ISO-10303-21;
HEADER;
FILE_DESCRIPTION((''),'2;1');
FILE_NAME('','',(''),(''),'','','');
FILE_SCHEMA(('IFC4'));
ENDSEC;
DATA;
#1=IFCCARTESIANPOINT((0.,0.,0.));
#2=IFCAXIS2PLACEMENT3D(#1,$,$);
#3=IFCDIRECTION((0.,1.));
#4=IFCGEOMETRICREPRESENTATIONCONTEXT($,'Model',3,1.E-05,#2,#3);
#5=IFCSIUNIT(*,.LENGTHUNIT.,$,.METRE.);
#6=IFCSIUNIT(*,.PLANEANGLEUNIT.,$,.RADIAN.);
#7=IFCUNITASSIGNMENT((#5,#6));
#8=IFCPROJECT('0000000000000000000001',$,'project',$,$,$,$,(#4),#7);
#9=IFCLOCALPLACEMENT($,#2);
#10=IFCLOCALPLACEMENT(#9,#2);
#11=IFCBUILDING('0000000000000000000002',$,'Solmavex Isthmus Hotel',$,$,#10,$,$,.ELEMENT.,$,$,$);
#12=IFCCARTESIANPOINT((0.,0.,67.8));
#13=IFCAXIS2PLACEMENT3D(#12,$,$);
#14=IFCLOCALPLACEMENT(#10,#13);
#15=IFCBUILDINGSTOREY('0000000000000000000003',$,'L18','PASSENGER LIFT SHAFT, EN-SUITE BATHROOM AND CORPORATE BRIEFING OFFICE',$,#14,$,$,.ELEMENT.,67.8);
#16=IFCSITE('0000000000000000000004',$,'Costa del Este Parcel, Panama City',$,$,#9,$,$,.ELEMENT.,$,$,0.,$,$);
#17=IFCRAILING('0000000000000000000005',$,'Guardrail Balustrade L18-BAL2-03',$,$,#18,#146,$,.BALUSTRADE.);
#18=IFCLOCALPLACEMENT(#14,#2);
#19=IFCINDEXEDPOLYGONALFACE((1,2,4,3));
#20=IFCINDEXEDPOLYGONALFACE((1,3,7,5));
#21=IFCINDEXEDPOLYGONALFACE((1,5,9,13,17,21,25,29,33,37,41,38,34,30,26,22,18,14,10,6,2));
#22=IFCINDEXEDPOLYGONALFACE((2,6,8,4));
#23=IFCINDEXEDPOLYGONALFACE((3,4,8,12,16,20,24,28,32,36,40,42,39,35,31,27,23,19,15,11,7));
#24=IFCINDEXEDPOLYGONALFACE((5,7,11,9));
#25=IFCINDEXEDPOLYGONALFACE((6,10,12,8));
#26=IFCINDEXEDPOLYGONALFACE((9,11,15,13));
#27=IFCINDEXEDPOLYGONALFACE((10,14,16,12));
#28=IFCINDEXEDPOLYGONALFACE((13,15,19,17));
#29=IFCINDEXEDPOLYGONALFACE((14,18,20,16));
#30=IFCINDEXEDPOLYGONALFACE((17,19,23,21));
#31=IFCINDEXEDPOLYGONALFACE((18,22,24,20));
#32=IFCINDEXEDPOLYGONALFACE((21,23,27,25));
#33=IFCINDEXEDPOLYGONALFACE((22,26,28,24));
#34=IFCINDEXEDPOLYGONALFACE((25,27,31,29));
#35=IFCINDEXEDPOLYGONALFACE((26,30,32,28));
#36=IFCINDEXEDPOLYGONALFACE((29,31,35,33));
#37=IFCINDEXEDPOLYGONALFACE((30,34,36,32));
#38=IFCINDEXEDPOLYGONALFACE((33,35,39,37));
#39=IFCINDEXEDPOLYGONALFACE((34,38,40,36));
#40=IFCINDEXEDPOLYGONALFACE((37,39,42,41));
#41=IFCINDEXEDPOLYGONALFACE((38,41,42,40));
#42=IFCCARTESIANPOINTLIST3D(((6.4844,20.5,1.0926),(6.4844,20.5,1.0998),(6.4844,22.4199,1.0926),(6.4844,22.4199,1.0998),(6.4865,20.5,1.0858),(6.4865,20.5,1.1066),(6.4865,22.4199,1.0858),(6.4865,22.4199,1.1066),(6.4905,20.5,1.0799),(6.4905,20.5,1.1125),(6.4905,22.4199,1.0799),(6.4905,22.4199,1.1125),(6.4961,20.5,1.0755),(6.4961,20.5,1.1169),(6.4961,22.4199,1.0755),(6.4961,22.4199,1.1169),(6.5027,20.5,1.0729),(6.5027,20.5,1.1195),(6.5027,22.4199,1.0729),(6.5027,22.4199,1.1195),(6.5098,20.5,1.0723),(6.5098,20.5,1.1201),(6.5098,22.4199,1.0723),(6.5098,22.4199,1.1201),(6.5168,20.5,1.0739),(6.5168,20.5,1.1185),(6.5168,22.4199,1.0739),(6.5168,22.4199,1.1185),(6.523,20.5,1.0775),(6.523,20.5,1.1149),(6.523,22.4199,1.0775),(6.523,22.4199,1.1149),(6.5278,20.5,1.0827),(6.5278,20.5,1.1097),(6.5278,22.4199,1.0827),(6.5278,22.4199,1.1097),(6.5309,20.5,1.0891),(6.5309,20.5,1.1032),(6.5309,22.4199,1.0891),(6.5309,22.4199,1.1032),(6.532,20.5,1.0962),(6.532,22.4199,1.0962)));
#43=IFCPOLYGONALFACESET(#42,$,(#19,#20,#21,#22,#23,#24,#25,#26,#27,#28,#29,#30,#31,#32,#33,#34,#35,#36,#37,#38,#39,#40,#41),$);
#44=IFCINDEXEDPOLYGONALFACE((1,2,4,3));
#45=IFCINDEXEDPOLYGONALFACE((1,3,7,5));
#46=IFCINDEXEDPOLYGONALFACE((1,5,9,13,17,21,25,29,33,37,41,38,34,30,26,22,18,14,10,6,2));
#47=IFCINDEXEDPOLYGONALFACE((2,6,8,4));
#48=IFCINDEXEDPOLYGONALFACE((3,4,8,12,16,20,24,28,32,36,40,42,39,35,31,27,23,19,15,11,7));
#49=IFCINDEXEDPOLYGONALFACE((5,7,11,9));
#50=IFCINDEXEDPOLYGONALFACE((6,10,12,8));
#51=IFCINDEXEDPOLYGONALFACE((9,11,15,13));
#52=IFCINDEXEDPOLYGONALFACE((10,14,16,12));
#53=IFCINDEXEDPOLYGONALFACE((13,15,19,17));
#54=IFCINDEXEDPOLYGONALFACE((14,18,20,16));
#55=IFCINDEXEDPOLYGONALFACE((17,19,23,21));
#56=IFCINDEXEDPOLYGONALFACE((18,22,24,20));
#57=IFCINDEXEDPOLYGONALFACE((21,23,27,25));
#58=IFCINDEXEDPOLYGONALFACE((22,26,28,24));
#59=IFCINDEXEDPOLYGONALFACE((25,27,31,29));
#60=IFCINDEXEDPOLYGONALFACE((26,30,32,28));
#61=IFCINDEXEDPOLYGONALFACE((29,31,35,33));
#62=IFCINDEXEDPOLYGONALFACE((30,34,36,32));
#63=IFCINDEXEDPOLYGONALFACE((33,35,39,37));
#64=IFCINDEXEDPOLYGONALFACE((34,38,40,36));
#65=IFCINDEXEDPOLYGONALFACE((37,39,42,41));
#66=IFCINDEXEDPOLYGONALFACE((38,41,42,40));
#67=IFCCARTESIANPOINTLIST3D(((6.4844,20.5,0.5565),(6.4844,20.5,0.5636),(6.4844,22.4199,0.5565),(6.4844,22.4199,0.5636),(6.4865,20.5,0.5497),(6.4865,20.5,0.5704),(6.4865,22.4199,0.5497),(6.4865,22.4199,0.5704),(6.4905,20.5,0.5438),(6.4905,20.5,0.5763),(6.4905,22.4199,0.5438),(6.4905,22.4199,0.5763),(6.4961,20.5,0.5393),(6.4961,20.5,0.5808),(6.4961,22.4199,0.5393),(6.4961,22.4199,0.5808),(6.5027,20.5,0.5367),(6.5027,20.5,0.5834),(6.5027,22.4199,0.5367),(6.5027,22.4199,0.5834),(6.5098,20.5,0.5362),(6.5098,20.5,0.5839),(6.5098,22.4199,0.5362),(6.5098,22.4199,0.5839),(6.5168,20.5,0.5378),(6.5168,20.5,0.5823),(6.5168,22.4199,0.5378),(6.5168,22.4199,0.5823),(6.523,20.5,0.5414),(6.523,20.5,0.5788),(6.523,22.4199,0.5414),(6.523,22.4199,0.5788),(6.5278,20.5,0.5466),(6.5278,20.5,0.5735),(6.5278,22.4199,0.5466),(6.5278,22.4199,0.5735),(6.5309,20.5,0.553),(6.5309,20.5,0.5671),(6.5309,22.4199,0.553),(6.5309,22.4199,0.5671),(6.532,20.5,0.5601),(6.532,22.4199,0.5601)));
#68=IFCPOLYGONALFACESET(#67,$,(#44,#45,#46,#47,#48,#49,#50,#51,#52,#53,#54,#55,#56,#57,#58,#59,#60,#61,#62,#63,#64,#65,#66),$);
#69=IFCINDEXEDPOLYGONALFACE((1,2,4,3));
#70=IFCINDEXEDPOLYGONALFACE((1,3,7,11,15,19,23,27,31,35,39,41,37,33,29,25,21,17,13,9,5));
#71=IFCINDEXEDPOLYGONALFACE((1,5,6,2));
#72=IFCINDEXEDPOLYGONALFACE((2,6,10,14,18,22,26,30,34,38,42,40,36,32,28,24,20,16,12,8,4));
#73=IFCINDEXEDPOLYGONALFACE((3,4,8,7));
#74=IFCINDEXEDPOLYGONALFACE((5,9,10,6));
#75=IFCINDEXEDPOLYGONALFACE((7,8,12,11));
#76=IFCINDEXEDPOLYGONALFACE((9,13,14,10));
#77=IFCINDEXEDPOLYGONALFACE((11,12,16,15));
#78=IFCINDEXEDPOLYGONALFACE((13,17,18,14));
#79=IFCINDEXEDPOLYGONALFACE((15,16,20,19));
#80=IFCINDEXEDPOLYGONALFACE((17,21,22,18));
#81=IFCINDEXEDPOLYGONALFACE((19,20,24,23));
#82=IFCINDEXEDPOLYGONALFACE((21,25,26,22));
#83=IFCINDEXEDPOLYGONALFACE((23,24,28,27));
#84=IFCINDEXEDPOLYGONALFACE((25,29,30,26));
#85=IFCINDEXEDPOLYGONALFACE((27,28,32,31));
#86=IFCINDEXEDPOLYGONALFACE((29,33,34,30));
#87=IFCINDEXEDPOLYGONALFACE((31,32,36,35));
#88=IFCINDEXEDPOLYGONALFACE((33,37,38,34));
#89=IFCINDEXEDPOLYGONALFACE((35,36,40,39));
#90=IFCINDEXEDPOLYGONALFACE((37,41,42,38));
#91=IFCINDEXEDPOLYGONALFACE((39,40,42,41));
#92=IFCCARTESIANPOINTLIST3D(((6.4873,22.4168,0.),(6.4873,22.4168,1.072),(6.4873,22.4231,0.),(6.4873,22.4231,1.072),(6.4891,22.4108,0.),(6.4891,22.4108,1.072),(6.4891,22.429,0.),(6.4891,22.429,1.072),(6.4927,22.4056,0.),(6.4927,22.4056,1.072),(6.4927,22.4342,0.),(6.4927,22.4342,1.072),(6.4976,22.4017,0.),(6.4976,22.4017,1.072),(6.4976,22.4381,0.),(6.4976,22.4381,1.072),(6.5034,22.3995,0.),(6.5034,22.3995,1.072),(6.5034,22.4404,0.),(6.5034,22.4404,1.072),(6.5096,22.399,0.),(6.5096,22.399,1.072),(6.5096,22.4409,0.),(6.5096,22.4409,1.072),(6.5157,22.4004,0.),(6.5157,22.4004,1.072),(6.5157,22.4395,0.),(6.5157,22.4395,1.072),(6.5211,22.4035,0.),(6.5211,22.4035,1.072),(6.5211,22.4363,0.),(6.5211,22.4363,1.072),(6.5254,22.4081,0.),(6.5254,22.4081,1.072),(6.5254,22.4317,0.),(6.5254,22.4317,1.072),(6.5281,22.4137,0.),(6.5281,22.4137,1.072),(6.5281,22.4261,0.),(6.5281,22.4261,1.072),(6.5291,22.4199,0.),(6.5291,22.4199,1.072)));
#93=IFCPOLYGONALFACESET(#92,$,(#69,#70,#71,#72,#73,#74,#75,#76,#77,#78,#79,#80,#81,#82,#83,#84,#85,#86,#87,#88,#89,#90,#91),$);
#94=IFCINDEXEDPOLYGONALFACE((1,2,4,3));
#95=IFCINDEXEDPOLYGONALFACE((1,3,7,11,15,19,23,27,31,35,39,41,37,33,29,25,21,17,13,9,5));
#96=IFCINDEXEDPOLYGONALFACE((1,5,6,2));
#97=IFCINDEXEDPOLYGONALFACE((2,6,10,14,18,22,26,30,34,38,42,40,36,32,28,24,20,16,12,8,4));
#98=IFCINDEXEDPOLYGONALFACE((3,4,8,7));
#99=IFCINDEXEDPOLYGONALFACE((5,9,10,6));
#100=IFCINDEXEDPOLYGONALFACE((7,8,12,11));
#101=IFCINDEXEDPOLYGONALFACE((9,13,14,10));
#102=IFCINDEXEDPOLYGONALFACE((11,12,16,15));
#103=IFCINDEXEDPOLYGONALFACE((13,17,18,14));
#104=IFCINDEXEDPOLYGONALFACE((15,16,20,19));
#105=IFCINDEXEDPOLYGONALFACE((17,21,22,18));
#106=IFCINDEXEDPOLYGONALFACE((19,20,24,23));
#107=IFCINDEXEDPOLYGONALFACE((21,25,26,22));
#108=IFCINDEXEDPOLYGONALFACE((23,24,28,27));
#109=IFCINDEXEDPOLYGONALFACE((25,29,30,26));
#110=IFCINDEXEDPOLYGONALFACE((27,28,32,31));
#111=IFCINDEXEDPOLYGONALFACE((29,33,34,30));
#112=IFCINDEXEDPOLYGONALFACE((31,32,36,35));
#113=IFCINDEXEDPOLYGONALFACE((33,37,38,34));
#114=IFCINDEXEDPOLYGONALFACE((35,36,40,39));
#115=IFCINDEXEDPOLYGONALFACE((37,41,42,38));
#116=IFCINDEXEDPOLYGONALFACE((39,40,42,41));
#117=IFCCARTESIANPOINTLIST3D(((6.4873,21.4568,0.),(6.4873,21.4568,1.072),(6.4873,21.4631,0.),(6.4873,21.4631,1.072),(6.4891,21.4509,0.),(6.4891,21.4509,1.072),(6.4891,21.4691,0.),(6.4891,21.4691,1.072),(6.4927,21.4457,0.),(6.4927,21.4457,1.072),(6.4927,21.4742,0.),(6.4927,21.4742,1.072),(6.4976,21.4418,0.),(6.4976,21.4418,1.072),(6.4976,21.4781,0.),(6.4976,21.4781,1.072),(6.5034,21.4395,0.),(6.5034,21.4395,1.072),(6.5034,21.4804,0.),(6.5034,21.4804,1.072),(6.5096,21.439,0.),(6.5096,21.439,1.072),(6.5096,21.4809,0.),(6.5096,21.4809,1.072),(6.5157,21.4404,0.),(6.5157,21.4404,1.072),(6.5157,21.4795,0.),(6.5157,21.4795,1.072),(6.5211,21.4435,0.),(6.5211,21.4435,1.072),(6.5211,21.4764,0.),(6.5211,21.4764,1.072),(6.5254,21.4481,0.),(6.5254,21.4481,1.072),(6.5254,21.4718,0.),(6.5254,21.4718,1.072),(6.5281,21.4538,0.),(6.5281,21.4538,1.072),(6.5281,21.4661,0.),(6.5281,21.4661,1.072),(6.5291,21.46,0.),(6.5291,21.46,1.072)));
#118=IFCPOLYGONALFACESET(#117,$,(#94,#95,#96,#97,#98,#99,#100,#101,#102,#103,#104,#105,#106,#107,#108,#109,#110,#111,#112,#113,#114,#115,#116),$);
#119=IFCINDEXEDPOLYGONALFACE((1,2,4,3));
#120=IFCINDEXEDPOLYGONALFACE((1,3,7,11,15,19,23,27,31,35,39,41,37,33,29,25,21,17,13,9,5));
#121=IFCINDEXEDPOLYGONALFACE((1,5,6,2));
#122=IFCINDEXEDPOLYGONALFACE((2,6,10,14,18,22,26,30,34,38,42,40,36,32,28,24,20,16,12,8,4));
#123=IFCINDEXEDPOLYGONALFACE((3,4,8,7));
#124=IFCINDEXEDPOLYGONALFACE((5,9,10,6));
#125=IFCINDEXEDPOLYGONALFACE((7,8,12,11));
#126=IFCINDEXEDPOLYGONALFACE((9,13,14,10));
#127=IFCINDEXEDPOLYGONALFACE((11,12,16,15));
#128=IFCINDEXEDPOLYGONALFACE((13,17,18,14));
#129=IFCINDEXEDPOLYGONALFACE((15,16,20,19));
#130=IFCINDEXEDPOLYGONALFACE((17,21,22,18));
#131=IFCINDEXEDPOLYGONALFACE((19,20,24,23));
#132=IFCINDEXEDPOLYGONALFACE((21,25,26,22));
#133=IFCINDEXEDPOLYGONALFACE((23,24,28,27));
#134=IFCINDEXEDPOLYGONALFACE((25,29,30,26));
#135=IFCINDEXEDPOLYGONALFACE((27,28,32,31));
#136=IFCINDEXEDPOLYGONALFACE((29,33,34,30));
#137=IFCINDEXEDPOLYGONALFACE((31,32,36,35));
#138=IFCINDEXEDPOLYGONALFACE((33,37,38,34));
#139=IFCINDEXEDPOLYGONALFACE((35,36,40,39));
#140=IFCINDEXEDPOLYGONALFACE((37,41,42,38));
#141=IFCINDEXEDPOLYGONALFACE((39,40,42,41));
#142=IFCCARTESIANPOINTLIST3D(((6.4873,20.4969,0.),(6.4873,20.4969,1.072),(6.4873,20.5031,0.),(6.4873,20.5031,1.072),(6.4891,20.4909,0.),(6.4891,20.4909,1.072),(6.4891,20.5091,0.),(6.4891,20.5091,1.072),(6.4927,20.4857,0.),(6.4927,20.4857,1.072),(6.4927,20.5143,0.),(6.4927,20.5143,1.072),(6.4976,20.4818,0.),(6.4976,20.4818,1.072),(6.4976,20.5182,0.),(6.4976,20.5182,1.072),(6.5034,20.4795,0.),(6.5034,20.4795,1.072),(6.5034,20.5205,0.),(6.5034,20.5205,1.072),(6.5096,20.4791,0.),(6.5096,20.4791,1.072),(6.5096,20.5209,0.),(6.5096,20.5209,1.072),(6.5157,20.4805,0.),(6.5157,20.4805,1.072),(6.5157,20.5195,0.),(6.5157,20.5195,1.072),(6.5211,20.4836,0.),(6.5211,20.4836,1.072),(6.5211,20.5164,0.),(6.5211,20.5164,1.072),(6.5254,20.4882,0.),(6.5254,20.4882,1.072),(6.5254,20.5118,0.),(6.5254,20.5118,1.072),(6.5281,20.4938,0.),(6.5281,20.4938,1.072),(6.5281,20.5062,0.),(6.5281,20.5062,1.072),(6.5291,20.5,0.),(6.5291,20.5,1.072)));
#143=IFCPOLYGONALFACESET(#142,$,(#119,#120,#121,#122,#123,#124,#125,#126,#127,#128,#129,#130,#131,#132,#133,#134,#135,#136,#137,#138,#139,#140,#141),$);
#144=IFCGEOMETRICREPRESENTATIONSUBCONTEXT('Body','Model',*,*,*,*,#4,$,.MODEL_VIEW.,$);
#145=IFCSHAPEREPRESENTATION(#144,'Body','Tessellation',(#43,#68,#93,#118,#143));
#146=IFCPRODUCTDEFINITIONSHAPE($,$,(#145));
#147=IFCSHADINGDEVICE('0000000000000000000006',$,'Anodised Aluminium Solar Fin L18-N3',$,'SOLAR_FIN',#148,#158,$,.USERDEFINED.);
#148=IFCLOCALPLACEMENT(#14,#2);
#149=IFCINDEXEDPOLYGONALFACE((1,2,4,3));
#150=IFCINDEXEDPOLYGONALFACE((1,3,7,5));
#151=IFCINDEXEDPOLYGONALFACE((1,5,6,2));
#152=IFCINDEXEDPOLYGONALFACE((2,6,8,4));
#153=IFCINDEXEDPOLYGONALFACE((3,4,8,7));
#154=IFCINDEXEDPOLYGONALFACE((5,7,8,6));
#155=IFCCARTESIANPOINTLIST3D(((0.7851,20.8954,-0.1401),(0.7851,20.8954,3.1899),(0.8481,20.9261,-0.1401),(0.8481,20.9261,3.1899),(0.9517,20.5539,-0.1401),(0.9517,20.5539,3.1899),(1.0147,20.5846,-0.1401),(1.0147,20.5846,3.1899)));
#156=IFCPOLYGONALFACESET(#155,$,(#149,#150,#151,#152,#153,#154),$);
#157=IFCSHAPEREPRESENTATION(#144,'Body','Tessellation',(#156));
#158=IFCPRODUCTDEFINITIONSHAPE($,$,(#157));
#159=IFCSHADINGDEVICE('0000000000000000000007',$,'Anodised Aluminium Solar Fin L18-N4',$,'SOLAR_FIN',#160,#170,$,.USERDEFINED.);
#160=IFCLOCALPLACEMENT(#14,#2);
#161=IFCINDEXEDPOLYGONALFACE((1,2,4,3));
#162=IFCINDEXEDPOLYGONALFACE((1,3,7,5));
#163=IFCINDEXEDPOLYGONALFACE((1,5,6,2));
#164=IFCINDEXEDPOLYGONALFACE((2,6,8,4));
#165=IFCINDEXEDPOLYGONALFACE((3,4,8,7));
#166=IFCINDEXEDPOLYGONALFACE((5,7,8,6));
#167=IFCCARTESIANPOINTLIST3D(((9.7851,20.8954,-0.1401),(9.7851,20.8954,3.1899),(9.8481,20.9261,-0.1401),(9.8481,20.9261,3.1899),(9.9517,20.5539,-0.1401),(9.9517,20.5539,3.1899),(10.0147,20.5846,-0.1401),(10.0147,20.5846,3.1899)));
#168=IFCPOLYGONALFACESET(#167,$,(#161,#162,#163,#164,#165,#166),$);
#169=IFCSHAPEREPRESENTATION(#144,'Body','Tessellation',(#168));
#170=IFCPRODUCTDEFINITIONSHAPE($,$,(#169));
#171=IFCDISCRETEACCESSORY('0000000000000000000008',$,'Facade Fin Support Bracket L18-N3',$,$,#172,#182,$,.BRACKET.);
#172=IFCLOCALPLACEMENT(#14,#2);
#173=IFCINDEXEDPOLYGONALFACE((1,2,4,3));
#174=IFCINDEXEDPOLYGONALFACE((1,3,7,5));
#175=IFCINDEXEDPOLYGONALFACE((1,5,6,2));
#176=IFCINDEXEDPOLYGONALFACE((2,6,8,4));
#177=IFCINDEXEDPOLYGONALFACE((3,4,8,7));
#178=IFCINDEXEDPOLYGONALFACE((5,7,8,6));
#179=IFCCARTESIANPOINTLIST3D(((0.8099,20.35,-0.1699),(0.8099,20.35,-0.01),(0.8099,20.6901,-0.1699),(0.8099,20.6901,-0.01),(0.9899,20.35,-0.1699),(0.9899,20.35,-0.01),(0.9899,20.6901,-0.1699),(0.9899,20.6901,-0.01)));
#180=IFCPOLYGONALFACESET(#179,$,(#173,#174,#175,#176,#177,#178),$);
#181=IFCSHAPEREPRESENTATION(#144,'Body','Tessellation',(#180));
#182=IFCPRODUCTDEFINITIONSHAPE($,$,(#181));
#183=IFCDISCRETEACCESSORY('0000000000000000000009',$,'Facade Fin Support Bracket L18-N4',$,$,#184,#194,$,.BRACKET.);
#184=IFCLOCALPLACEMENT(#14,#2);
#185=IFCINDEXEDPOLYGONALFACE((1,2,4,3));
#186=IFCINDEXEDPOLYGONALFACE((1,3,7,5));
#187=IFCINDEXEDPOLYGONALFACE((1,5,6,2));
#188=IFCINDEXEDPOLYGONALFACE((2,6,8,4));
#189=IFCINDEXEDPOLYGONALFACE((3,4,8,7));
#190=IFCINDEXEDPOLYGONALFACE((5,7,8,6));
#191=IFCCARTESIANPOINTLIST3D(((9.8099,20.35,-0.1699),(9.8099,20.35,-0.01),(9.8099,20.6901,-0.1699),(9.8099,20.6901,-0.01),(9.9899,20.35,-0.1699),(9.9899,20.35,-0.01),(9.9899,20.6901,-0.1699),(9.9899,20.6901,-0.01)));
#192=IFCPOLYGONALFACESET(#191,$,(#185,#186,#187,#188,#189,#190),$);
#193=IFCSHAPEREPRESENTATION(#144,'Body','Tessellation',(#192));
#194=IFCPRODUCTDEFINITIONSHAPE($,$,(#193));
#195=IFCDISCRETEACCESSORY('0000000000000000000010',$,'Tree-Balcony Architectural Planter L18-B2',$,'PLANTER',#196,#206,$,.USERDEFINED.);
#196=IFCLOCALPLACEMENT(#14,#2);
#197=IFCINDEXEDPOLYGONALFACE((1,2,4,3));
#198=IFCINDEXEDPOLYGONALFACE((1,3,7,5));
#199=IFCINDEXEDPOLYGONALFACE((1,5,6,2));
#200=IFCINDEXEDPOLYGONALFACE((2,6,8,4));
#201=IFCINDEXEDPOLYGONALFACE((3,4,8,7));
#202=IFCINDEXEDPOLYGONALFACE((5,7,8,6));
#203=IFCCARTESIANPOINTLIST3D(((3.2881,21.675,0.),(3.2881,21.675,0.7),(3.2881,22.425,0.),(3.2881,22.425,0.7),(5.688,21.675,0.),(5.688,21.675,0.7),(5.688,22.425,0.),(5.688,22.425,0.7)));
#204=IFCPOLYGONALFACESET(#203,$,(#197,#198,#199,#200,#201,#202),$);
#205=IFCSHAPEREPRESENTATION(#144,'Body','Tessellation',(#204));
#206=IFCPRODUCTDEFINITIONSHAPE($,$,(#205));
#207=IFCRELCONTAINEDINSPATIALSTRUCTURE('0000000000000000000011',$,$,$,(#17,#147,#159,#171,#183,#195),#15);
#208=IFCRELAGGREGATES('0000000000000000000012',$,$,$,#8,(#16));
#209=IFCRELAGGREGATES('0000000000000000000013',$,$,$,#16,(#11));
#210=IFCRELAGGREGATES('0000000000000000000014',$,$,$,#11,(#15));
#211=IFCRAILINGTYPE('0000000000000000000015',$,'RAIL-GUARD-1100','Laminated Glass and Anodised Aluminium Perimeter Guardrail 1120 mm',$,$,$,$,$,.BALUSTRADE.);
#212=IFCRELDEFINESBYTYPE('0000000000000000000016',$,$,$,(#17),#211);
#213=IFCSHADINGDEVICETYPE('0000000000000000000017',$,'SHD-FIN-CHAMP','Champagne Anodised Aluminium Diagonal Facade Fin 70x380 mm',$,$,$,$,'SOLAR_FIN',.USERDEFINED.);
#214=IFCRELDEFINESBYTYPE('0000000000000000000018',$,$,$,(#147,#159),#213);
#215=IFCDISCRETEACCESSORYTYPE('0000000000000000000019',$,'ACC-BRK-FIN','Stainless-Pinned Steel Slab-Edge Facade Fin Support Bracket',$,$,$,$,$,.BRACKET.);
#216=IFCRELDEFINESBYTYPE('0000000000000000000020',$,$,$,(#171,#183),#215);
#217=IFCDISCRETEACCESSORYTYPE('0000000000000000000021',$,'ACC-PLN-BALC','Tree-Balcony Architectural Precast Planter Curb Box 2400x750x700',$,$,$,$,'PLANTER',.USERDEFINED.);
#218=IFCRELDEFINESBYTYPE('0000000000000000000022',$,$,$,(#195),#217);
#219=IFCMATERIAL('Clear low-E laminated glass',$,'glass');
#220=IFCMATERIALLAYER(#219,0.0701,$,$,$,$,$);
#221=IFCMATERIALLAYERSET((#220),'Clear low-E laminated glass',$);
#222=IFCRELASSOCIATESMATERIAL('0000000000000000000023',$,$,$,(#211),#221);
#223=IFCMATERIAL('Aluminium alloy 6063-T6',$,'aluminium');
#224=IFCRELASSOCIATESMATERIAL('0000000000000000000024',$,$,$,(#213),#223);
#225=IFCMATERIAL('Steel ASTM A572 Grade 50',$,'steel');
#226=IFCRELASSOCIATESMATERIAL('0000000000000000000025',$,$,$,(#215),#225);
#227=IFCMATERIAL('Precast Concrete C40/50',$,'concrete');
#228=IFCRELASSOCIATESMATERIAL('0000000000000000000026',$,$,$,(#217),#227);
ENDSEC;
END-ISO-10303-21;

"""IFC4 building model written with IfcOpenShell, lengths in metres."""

from ifc_helpers import new_model, si_unit, direction, frame, origin, origin_2d, place, context, subcontext, project, spatial, rectangle, circle, extrude, material, layer, layer_set, type_object, element, save


model = new_model("IFC4")

# Units and contexts
model_context = context("Model", 3, precision=1e-05, world=origin(), true_north=direction((0.0, 1.0)))
body_context = subcontext(model_context, "Body", "Model", "MODEL_VIEW")
ifc_project = project(units=[si_unit("LENGTHUNIT", "METRE"), si_unit("PLANEANGLEUNIT", "RADIAN")], contexts=[model_context])

# Site, building, storey
site_placement = place(None, origin())
site = spatial("IfcSite", under=ifc_project, at=site_placement, Name="Costa del Este Parcel, Panama City", CompositionType="ELEMENT", RefElevation=0.0)
building_placement = place(site_placement, origin())
building = spatial("IfcBuilding", under=site, at=building_placement, Name="Solmavex Isthmus Hotel", CompositionType="ELEMENT")
storey_placement = place(building_placement, frame((0.0, 0.0, 67.8)))
storey = spatial("IfcBuildingStorey", under=building, at=storey_placement, Name="L18", Description="PASSENGER LIFT SHAFT, EN-SUITE BATHROOM AND CORPORATE BRIEFING OFFICE", CompositionType="ELEMENT", Elevation=67.8)

# Shared definitions
ifc_material_1 = material(Name="Aluminium alloy 6063-T6", Category="aluminium")

# Shared definitions
ifc_material_2 = material(Name="Clear low-E laminated glass", Category="glass")

# Shared definitions
ifc_material_3 = material(Name="Precast Concrete C40/50", Category="concrete")

# Railing
ifc_layer_1 = layer(ifc_material_2, 0.0701)
ifc_layer_set_1 = layer_set([ifc_layer_1], Name="Clear low-E laminated glass")
railing_type = type_object("IfcRailingType", Name="RAIL-GUARD-1100", Description="Laminated Glass and Anodised Aluminium Perimeter Guardrail 1120 mm", PredefinedType="BALUSTRADE", material=ifc_layer_set_1)
railing_1_placement = place(storey_placement, frame((6.5081, 22.4199, 0.0)))
element("IfcRailing", 1, at=railing_1_placement, inside=storey, type_object=railing_type, Name="Guardrail Balustrade L18-BAL2-03", PredefinedType="BALUSTRADE", context=body_context, shape_type="SweptSolid", body=[
    extrude(circle(Radius=0.0239, at=origin_2d()), frame((0.0, 0.0, 1.0962), z_axis=(0.0, -1.0, 0.0), x_axis=(1.0, 0.0, 0.0)), (0.0, 0.0, 1.0), 1.9199),
    extrude(circle(Radius=0.0239, at=origin_2d()), frame((0.0, 0.0, 0.5601), z_axis=(0.0, -1.0, 0.0), x_axis=(1.0, 0.0, 0.0)), (0.0, 0.0, 1.0), 1.9199),
    extrude(circle(Radius=0.021, at=origin_2d()), origin(), (0.0, 0.0, 1.0), 1.072),
    extrude(circle(Radius=0.021, at=origin_2d()), frame((0.0, -0.96, 0.0)), (0.0, 0.0, 1.0), 1.072),
    extrude(circle(Radius=0.021, at=origin_2d()), frame((0.0, -1.9199, 0.0)), (0.0, 0.0, 1.0), 1.072),
])

# Shading devices
shading_device_type = type_object("IfcShadingDeviceType", Name="SHD-FIN-CHAMP", Description="Champagne Anodised Aluminium Diagonal Facade Fin 70x380 mm", ElementType="SOLAR_FIN", PredefinedType="USERDEFINED", material=ifc_material_1)
for number, where, z_axis, x_axis, name in (
    (2, (0.8999, 20.74, -0.1401), (0.0, 0.0, 1.0), (-0.438371, 0.898794, 0.0), "Anodised Aluminium Solar Fin L18-N3"),
    (3, (9.8999, 20.74, -0.1401), (0.0, 0.0, 1.0), (-0.438371, 0.898794, 0.0), "Anodised Aluminium Solar Fin L18-N4"),
):
    element("IfcShadingDevice", number, at=place(storey_placement, frame(where, z_axis=z_axis, x_axis=x_axis)), inside=storey, type_object=shading_device_type, Name=name, ObjectType="SOLAR_FIN", PredefinedType="USERDEFINED", context=body_context, shape_type="SweptSolid", body=[
        extrude(rectangle(XDim=0.3799, YDim=0.0701, at=origin_2d()), origin(), (0.0, 0.0, 1.0), 3.3301),
    ])

# Discrete accessories
ifc_material_4 = material(Name="Steel ASTM A572 Grade 50", Category="steel")
discrete_accessory_type_1 = type_object("IfcDiscreteAccessoryType", Name="ACC-BRK-FIN", Description="Stainless-Pinned Steel Slab-Edge Facade Fin Support Bracket", PredefinedType="BRACKET", material=ifc_material_4)
for number, where, z_axis, x_axis, name in (
    (4, (0.8999, 20.52, -0.1699), (0.0, 0.0, 1.0), (0.0, 1.0, 0.0), "Facade Fin Support Bracket L18-N3"),
    (5, (9.8999, 20.52, -0.1699), (0.0, 0.0, 1.0), (0.0, 1.0, 0.0), "Facade Fin Support Bracket L18-N4"),
):
    element("IfcDiscreteAccessory", number, at=place(storey_placement, frame(where, z_axis=z_axis, x_axis=x_axis)), inside=storey, type_object=discrete_accessory_type_1, Name=name, PredefinedType="BRACKET", context=body_context, shape_type="SweptSolid", body=[
        extrude(rectangle(XDim=0.3401, YDim=0.1799, at=origin_2d()), origin(), (0.0, 0.0, 1.0), 0.1599),
    ])
discrete_accessory_type_2 = type_object("IfcDiscreteAccessoryType", Name="ACC-PLN-BALC", Description="Tree-Balcony Architectural Precast Planter Curb Box 2400x750x700", ElementType="PLANTER", PredefinedType="USERDEFINED", material=ifc_material_3)
discrete_accessory_placement = place(storey_placement, frame((4.488, 22.05, 0.0), z_axis=(0.0, 0.0, 1.0), x_axis=(1.0, 0.0, 0.0)))
element("IfcDiscreteAccessory", 6, at=discrete_accessory_placement, inside=storey, type_object=discrete_accessory_type_2, Name="Tree-Balcony Architectural Planter L18-B2", ObjectType="PLANTER", PredefinedType="USERDEFINED", context=body_context, shape_type="SweptSolid", body=[
    extrude(rectangle(XDim=2.3999, YDim=0.75, at=origin_2d()), origin(), (0.0, 0.0, 1.0), 0.7),
])

save(model, "model.ifc")
